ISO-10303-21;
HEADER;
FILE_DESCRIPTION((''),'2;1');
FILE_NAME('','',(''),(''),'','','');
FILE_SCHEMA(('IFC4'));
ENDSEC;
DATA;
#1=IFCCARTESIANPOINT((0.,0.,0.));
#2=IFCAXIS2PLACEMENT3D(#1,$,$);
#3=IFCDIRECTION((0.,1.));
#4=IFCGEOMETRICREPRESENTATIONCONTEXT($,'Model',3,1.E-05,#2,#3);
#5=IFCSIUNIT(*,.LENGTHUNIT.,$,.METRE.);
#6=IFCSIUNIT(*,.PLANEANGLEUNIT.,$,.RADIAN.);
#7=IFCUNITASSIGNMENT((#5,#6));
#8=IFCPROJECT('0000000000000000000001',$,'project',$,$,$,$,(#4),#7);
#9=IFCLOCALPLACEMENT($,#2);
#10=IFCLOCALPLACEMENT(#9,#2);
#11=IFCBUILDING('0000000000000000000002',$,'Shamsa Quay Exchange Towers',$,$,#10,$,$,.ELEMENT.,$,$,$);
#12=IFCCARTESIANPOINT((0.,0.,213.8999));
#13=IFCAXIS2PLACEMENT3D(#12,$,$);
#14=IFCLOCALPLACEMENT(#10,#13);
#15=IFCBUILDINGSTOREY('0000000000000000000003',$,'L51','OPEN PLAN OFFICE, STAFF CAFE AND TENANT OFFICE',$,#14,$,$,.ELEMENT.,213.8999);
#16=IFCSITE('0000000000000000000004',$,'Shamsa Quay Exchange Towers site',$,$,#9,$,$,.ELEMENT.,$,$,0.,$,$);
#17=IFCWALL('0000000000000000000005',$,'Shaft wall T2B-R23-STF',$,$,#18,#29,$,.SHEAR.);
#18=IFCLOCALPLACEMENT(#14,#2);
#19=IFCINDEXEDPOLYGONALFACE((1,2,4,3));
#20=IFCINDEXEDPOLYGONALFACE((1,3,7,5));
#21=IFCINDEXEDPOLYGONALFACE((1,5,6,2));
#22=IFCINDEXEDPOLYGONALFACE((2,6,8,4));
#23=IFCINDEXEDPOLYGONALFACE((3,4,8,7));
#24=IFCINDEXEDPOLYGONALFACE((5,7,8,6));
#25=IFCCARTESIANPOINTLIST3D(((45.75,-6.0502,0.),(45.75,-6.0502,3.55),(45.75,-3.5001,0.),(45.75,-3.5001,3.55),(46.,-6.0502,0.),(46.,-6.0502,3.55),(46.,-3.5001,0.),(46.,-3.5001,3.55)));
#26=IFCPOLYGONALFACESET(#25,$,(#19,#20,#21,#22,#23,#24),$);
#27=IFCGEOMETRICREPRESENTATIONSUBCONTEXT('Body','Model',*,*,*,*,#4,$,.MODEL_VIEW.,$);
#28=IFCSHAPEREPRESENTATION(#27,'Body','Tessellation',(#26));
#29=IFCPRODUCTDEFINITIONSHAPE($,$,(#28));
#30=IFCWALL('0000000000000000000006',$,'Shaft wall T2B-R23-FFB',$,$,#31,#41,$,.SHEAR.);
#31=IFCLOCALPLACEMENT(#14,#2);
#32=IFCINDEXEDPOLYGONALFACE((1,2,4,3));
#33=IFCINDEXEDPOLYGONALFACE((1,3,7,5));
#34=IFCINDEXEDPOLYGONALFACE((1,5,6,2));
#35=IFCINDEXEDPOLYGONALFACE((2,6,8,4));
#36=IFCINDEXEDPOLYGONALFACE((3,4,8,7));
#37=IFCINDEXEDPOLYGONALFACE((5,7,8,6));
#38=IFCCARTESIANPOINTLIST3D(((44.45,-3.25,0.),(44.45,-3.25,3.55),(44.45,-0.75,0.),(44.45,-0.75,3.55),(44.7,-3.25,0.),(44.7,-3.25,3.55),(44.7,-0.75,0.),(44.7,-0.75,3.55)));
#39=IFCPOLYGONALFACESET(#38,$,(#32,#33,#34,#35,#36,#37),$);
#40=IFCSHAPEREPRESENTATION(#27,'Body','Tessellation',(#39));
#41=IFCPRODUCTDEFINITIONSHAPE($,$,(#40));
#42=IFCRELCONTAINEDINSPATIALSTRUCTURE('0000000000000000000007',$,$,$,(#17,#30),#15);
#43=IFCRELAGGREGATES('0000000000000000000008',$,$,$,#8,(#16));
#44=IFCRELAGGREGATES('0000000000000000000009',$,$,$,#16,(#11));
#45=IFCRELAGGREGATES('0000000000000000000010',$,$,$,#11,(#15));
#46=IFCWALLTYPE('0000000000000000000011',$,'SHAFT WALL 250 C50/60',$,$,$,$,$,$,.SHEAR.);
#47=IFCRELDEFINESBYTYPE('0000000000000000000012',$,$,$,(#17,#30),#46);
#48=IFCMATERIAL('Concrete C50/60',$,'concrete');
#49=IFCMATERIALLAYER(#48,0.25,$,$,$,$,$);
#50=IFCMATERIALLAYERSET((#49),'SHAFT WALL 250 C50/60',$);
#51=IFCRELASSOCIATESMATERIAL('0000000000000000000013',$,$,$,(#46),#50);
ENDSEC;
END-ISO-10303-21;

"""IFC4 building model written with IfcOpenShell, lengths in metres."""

from ifc_helpers import new_model, si_unit, direction, frame, frame_2d, origin, place, context, subcontext, project, spatial, rectangle, extrude, material, layer, layer_set, type_object, element, save


model = new_model("IFC4")

# Units and contexts
model_context = context("Model", 3, precision=1e-05, world=origin(), true_north=direction((0.0, 1.0)))
body_context = subcontext(model_context, "Body", "Model", "MODEL_VIEW")
ifc_project = project(units=[si_unit("LENGTHUNIT", "METRE"), si_unit("PLANEANGLEUNIT", "RADIAN")], contexts=[model_context])

# Site, building, storey
site_placement = place(None, origin())
site = spatial("IfcSite", under=ifc_project, at=site_placement, Name="Shamsa Quay Exchange Towers site", CompositionType="ELEMENT", RefElevation=0.0)
building_placement = place(site_placement, origin())
building = spatial("IfcBuilding", under=site, at=building_placement, Name="Shamsa Quay Exchange Towers", CompositionType="ELEMENT")
storey_placement = place(building_placement, frame((0.0, 0.0, 213.8999)))
storey = spatial("IfcBuildingStorey", under=building, at=storey_placement, Name="L51", Description="OPEN PLAN OFFICE, STAFF CAFE AND TENANT OFFICE", CompositionType="ELEMENT", Elevation=213.8999)

# Walls
ifc_material_1 = material(Name="Concrete C50/60", Category="concrete")
ifc_layer_1 = layer(ifc_material_1, 0.25)
ifc_layer_set_1 = layer_set([ifc_layer_1], Name="SHAFT WALL 250 C50/60")
wall_type_1 = type_object("IfcWallType", Name="SHAFT WALL 250 C50/60", PredefinedType="SHEAR", material=ifc_layer_set_1)
wall_1_placement = place(storey_placement, frame((45.875, -6.05, 0.0), z_axis=(0.0, 0.0, 1.0), x_axis=(0.0, 1.0, 0.0)))
element("IfcWall", 1, at=wall_1_placement, inside=storey, type_object=wall_type_1, Name="Shaft wall T2B-R23-STF", PredefinedType="SHEAR", context=body_context, shape_type="SweptSolid", body=[
    extrude(rectangle(XDim=2.55, YDim=0.25, at=frame_2d((1.2749, 0.0))), origin(), (0.0, 0.0, 1.0), 3.55),
])
wall_2_placement = place(storey_placement, frame((44.575, -3.25, 0.0), z_axis=(0.0, 0.0, 1.0), x_axis=(0.0, 1.0, 0.0)))
element("IfcWall", 2, at=wall_2_placement, inside=storey, type_object=wall_type_1, Name="Shaft wall T2B-R23-FFB", PredefinedType="SHEAR", context=body_context, shape_type="SweptSolid", body=[
    extrude(rectangle(XDim=2.5, YDim=0.25, at=frame_2d((1.25, 0.0))), origin(), (0.0, 0.0, 1.0), 3.55),
])

save(model, "model.ifc")
